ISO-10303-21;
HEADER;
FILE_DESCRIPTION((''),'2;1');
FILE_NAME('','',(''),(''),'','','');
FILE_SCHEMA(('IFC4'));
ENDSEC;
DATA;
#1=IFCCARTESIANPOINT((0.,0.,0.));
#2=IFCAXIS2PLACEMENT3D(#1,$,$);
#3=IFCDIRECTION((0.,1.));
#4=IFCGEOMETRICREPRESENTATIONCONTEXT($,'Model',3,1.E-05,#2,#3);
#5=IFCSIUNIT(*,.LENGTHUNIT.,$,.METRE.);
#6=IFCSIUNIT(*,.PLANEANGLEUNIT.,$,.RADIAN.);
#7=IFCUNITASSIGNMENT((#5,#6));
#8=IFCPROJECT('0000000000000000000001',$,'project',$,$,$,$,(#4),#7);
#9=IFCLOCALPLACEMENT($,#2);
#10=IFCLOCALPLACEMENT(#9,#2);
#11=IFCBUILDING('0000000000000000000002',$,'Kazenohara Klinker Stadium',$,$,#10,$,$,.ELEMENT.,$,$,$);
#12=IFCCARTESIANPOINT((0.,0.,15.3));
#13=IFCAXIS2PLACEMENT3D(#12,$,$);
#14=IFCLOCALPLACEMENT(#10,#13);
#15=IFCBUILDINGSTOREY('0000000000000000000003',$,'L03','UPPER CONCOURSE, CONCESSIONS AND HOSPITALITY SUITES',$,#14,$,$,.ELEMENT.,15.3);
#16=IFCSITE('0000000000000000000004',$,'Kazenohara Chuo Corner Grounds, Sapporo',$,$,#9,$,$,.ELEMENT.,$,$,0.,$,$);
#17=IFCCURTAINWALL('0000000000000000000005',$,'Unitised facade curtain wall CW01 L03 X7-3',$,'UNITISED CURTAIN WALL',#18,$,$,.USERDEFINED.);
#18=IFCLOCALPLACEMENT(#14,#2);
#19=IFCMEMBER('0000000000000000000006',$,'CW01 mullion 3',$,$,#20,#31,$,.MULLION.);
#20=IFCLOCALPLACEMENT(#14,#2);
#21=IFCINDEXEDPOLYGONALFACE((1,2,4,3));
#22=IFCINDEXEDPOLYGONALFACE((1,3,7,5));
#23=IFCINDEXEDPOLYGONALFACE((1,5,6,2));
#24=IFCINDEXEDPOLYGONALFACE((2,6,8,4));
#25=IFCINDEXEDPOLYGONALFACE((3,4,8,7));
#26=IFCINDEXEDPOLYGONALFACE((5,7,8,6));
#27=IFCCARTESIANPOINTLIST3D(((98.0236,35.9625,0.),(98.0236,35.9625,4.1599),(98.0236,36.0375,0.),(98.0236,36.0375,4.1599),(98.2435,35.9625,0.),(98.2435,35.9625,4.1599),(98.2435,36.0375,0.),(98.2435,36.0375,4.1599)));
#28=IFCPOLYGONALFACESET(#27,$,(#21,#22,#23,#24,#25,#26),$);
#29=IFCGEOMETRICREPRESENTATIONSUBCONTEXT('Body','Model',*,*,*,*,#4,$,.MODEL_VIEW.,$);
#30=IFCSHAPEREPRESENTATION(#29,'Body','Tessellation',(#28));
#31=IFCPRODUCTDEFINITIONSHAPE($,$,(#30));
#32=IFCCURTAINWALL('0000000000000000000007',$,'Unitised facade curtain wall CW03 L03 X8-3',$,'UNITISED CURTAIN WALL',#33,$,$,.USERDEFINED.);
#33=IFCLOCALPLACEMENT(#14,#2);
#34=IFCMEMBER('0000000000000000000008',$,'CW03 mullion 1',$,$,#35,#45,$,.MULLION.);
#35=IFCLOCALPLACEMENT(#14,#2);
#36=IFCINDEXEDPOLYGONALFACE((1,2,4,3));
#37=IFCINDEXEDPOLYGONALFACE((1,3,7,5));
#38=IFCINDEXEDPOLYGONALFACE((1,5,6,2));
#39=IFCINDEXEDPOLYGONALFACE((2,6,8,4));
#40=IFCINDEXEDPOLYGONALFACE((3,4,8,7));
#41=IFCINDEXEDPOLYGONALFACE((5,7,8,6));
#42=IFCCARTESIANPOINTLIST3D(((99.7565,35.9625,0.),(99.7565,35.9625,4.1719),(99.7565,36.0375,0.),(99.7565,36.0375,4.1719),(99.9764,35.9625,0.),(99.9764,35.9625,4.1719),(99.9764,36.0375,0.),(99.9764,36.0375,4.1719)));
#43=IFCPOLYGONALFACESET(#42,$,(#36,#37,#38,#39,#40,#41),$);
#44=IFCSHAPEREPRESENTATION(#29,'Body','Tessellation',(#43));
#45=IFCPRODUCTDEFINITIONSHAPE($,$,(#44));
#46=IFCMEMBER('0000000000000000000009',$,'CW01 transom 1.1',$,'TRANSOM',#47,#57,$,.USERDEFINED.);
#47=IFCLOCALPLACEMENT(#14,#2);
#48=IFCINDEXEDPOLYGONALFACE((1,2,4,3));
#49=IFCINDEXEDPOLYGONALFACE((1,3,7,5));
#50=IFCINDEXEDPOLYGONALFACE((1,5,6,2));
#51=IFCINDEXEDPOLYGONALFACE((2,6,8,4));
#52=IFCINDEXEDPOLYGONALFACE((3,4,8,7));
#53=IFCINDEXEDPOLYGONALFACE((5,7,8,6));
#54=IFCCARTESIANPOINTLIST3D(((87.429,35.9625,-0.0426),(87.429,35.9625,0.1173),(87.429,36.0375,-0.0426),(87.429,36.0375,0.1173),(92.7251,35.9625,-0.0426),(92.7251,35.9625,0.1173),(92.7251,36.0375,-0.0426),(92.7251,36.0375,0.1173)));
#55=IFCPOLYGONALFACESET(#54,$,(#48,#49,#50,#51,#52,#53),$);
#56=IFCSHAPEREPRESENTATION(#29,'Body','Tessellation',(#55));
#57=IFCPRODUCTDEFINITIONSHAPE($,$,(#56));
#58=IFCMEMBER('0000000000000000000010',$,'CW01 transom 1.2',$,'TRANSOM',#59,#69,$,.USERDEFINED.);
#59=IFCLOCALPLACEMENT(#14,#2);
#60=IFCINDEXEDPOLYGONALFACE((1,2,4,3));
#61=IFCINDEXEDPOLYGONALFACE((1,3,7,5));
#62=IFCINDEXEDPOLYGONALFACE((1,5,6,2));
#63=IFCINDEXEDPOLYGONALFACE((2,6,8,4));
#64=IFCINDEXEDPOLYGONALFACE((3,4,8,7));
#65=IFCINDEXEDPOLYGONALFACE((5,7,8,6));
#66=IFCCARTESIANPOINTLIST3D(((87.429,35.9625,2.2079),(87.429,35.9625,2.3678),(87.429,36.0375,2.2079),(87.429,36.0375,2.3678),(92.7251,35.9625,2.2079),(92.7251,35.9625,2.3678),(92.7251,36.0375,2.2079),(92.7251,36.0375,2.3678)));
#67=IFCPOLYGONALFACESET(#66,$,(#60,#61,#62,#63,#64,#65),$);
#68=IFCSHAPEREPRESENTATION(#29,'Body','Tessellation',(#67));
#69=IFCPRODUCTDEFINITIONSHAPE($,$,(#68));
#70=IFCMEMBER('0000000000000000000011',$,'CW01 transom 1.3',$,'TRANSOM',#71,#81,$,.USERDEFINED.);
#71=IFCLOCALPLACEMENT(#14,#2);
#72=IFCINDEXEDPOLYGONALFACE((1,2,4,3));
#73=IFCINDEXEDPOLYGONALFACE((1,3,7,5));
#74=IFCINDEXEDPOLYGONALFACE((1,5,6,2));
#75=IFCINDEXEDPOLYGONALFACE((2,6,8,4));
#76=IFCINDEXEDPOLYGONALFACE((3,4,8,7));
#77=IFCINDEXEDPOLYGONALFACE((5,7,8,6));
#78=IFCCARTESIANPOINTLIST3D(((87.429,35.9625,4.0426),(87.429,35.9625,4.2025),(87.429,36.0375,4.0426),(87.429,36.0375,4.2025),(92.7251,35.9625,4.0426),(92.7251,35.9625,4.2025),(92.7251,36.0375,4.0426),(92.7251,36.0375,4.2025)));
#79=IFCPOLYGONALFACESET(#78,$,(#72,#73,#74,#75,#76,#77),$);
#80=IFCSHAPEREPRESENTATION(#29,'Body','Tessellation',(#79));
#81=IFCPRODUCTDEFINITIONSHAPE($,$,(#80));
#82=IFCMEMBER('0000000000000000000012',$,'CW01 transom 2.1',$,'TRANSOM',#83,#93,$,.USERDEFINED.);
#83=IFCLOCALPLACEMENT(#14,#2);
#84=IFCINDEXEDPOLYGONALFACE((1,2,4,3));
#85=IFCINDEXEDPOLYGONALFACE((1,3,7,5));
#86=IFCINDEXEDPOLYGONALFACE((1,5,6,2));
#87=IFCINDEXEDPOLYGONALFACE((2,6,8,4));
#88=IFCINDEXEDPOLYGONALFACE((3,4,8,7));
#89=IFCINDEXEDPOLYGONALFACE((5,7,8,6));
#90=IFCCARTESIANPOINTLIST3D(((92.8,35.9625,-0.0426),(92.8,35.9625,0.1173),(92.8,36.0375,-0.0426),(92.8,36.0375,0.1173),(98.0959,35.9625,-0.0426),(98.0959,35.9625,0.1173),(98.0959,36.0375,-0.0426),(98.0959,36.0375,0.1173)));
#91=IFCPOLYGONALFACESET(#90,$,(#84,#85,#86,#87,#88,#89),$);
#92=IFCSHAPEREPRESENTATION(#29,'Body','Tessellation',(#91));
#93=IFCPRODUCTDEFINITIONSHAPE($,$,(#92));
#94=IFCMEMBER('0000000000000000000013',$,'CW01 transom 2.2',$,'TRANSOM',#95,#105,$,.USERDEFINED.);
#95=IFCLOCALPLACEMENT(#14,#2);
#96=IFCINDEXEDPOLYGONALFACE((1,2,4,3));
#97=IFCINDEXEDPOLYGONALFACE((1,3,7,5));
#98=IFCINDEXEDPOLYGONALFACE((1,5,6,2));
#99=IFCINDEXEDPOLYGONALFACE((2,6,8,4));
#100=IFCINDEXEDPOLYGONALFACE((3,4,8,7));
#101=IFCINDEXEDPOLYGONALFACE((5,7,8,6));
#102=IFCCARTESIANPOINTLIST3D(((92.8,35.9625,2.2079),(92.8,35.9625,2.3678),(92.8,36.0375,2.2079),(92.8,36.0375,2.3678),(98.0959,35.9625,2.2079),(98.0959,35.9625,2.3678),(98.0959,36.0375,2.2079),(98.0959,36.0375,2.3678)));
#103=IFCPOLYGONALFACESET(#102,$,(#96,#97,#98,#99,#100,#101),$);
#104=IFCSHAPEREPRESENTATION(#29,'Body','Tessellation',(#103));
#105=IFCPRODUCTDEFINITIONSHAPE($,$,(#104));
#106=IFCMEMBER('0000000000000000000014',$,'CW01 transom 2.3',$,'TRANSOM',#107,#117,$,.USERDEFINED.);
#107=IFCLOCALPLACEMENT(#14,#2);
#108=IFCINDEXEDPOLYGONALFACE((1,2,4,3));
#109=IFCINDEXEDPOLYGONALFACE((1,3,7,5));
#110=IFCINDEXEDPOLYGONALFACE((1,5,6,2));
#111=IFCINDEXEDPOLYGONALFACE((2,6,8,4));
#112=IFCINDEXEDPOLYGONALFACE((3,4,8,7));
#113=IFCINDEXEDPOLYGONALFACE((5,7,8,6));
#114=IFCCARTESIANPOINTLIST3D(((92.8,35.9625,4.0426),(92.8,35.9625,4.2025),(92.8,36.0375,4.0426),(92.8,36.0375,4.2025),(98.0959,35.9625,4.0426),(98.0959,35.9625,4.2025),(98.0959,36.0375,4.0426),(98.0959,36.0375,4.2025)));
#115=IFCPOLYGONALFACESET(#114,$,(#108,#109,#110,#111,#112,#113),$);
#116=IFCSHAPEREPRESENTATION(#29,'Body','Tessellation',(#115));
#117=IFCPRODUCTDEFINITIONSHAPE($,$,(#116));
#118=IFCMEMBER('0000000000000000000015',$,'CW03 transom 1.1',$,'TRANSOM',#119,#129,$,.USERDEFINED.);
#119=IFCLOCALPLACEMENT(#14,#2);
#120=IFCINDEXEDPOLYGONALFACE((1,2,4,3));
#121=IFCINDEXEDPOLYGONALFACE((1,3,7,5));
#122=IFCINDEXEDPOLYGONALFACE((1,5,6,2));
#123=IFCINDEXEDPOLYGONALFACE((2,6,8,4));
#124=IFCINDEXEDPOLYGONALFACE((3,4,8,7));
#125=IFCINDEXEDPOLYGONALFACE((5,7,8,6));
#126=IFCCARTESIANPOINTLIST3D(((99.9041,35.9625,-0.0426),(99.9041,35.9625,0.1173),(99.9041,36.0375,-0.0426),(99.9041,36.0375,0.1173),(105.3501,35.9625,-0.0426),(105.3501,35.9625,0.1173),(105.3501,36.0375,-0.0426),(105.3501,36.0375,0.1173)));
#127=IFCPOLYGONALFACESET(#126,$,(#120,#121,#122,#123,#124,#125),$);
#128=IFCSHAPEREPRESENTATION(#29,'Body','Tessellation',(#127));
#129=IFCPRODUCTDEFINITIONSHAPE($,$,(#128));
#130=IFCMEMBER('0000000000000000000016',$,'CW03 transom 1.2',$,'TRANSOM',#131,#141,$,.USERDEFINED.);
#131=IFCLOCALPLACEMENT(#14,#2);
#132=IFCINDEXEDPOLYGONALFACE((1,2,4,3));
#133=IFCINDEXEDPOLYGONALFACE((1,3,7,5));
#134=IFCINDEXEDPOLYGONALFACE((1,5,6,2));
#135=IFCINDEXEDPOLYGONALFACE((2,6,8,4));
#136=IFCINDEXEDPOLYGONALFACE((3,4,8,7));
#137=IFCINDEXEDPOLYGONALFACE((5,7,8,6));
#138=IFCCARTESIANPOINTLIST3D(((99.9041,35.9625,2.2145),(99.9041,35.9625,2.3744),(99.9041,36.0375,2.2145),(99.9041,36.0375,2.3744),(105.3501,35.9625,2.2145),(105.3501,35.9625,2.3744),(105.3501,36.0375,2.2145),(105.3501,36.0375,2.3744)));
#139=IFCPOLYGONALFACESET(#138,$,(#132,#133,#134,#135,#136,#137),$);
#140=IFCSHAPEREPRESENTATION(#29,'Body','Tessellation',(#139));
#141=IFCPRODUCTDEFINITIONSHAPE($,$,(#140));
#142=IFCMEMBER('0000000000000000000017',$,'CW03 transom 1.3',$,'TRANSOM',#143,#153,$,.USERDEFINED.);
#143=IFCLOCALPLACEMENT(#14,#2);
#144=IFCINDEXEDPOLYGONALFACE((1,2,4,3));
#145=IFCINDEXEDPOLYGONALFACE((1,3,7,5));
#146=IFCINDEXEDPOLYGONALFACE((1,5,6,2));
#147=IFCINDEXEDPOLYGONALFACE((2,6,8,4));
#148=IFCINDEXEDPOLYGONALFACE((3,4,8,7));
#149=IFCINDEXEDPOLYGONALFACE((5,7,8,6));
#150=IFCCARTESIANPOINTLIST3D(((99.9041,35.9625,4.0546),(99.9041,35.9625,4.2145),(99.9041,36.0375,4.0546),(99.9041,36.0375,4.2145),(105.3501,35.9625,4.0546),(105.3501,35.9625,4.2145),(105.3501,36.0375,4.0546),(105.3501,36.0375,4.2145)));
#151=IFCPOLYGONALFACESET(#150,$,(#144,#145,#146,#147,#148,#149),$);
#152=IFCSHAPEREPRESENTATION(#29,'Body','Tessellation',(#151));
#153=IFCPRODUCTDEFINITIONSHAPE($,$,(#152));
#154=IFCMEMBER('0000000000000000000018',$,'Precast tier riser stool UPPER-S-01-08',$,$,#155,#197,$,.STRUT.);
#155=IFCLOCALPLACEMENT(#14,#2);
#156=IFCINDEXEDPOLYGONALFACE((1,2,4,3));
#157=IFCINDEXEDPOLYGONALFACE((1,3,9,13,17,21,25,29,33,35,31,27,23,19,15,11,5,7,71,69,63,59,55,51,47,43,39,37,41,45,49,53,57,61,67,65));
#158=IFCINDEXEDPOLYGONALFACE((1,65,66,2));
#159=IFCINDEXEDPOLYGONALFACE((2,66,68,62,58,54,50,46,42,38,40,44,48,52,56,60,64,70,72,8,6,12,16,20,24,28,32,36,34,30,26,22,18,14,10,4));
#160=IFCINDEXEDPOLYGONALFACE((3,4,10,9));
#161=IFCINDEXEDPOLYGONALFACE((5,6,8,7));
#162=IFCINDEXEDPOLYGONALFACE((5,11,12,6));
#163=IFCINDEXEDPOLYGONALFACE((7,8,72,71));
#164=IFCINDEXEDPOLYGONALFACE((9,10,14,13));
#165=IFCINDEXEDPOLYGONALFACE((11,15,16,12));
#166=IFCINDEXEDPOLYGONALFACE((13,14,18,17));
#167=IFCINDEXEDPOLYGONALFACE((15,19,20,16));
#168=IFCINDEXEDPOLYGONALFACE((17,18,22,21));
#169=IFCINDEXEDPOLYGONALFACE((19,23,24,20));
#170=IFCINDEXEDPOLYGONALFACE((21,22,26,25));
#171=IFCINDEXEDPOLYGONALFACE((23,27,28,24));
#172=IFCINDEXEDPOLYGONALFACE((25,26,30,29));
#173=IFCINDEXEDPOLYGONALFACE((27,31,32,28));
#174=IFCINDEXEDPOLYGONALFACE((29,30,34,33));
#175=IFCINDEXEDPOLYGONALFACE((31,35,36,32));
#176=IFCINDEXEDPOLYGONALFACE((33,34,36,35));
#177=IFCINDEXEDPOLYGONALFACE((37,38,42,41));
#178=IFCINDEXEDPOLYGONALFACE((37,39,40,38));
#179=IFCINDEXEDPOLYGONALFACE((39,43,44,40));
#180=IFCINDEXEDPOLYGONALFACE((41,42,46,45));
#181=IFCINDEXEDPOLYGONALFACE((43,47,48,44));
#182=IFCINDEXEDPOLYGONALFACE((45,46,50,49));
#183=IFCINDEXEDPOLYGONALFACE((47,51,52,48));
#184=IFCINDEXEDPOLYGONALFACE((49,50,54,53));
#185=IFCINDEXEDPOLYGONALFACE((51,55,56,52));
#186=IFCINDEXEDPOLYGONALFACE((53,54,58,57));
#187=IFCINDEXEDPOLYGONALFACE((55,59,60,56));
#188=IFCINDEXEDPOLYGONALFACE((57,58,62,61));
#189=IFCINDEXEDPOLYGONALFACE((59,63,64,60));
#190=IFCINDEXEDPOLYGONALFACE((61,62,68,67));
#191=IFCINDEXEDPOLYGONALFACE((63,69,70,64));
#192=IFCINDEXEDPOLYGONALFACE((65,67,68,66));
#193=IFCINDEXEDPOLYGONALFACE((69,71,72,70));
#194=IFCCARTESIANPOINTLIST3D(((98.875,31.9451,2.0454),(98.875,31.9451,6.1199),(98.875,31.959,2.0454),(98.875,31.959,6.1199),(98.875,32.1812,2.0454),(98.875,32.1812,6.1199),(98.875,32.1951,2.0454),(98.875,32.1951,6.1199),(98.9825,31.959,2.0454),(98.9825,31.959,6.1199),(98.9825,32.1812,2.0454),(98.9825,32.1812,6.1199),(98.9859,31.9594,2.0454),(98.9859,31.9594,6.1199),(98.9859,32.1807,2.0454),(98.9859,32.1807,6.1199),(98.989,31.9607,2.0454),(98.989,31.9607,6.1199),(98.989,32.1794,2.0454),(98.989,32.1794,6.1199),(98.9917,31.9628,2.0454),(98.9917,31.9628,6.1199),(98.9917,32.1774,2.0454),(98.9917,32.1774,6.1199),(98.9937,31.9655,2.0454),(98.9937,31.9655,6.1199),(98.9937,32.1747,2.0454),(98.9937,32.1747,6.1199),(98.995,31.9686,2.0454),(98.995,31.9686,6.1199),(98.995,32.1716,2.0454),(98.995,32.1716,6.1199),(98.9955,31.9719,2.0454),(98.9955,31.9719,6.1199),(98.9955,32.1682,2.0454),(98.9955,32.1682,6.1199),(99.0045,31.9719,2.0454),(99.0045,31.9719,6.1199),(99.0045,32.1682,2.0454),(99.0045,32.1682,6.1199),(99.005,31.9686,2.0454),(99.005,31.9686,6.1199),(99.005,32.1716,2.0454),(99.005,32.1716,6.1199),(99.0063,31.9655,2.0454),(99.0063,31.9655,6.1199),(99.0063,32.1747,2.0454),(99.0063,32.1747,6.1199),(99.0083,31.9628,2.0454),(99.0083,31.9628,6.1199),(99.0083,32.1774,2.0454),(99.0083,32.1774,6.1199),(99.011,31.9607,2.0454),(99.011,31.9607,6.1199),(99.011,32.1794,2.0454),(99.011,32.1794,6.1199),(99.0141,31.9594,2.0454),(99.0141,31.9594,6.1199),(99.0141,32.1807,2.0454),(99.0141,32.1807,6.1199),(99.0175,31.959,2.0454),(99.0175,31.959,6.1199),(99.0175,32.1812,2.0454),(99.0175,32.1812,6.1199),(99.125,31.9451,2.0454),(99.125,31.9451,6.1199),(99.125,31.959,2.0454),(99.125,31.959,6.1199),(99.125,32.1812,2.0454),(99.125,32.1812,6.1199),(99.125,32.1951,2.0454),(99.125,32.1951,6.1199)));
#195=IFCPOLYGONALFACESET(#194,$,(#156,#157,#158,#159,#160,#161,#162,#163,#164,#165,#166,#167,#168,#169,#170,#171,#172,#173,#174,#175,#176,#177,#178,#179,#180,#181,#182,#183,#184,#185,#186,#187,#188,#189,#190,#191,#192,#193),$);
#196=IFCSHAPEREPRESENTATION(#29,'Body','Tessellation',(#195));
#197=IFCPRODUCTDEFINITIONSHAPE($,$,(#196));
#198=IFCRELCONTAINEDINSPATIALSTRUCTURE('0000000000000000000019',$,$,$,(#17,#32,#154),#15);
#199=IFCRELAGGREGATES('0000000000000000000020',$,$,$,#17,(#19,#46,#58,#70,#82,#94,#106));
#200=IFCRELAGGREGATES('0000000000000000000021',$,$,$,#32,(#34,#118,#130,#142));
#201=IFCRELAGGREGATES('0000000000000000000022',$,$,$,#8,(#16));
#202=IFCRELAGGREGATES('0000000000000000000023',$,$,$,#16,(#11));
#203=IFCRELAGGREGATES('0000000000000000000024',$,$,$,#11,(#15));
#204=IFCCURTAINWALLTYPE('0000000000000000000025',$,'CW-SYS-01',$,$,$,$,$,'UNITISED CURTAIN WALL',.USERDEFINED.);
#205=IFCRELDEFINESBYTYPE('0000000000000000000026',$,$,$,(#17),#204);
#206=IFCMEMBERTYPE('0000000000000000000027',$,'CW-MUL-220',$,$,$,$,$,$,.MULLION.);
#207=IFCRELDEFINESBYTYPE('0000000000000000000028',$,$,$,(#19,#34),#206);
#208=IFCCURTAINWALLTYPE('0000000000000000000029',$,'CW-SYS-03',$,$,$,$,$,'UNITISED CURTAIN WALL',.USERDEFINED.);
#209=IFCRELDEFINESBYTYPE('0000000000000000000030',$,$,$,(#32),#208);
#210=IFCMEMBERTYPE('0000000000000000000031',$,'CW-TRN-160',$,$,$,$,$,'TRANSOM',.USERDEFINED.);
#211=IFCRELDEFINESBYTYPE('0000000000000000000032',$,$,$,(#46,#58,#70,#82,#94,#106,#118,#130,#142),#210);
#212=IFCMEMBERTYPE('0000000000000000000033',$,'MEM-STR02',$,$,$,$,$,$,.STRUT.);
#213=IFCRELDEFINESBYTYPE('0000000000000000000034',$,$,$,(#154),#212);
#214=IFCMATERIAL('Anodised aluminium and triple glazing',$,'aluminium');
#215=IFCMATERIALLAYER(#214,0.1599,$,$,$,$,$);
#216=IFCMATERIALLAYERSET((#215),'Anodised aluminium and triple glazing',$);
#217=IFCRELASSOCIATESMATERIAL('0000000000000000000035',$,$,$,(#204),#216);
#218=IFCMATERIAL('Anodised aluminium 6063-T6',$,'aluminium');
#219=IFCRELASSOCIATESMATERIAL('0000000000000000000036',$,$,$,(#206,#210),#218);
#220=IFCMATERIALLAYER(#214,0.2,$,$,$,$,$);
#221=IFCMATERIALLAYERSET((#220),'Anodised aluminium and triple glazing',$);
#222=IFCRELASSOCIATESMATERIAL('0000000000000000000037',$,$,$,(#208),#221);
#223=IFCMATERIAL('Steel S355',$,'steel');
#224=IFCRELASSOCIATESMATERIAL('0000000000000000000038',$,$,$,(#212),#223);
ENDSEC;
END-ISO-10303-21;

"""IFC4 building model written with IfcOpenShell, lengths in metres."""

from ifc_helpers import new_model, si_unit, direction, frame, origin, origin_2d, place, context, subcontext, project, spatial, rectangle, i_section, extrude, material, layer, layer_set, material_profile, profile_set, type_object, element, aggregate, save


model = new_model("IFC4")

# Units and contexts
model_context = context("Model", 3, precision=1e-05, world=origin(), true_north=direction((0.0, 1.0)))
body_context = subcontext(model_context, "Body", "Model", "MODEL_VIEW")
ifc_project = project(units=[si_unit("LENGTHUNIT", "METRE"), si_unit("PLANEANGLEUNIT", "RADIAN")], contexts=[model_context])

# Site, building, storey
site_placement = place(None, origin())
site = spatial("IfcSite", under=ifc_project, at=site_placement, Name="Kazenohara Chuo Corner Grounds, Sapporo", CompositionType="ELEMENT", RefElevation=0.0)
building_placement = place(site_placement, origin())
building = spatial("IfcBuilding", under=site, at=building_placement, Name="Kazenohara Klinker Stadium", CompositionType="ELEMENT")
storey_placement = place(building_placement, frame((0.0, 0.0, 15.3)))
storey = spatial("IfcBuildingStorey", under=building, at=storey_placement, Name="L03", Description="UPPER CONCOURSE, CONCESSIONS AND HOSPITALITY SUITES", CompositionType="ELEMENT", Elevation=15.3)

# Shared definitions
ifc_material_1 = material(Name="Steel S355", Category="steel")

# Curtain wall, member
ifc_material_2 = material(Name="Anodised aluminium and triple glazing", Category="aluminium")
ifc_layer_1 = layer(ifc_material_2, 0.1599)
ifc_layer_set_1 = layer_set([ifc_layer_1], Name="Anodised aluminium and triple glazing")
curtain_wall_type_1 = type_object("IfcCurtainWallType", Name="CW-SYS-01", ElementType="UNITISED CURTAIN WALL", PredefinedType="USERDEFINED", material=ifc_layer_set_1)
curtain_wall_1_placement = place(storey_placement, origin())
curtain_wall_1 = element("IfcCurtainWall", 1, at=curtain_wall_1_placement, inside=storey, type_object=curtain_wall_type_1, Name="Unitised facade curtain wall CW01 L03 X7-3", ObjectType="UNITISED CURTAIN WALL", PredefinedType="USERDEFINED")
ifc_material_3 = material(Name="Anodised aluminium 6063-T6", Category="aluminium")
ifc_material_profile_1 = material_profile(ifc_material_3, rectangle(XDim=0.075, YDim=0.22, at=origin_2d()), Name="ALU-MUL-75x220")
ifc_profile_set_1 = profile_set([ifc_material_profile_1], Name="Anodised aluminium 6063-T6")
member_type_1 = type_object("IfcMemberType", Name="CW-MUL-220", PredefinedType="MULLION", material=ifc_profile_set_1)
member_1_placement = place(storey_placement, frame((98.1335, 36.0, 0.0), z_axis=(0.0, 0.0, 1.0), x_axis=(0.0, 1.0, 0.0)))
member_1 = element("IfcMember", 2, at=member_1_placement, type_object=member_type_1, Name="CW01 mullion 3", PredefinedType="MULLION", context=body_context, shape_type="SweptSolid", body=[
    extrude(rectangle(XDim=0.075, YDim=0.22, at=origin_2d()), origin(), (0.0, 0.0, 1.0), 4.1599),
])

# Curtain wall, member
ifc_layer_2 = layer(ifc_material_2, 0.2)
ifc_layer_set_2 = layer_set([ifc_layer_2], Name="Anodised aluminium and triple glazing")
curtain_wall_type_2 = type_object("IfcCurtainWallType", Name="CW-SYS-03", ElementType="UNITISED CURTAIN WALL", PredefinedType="USERDEFINED", material=ifc_layer_set_2)
curtain_wall_2_placement = place(storey_placement, origin())
curtain_wall_2 = element("IfcCurtainWall", 3, at=curtain_wall_2_placement, inside=storey, type_object=curtain_wall_type_2, Name="Unitised facade curtain wall CW03 L03 X8-3", ObjectType="UNITISED CURTAIN WALL", PredefinedType="USERDEFINED")
member_2_placement = place(storey_placement, frame((99.8665, 36.0, 0.0), z_axis=(0.0, 0.0, 1.0), x_axis=(0.0, 1.0, 0.0)))
member_2 = element("IfcMember", 4, at=member_2_placement, type_object=member_type_1, Name="CW03 mullion 1", PredefinedType="MULLION", context=body_context, shape_type="SweptSolid", body=[
    extrude(rectangle(XDim=0.075, YDim=0.22, at=origin_2d()), origin(), (0.0, 0.0, 1.0), 4.1719),
])

# Members
ifc_material_profile_2 = material_profile(ifc_material_3, rectangle(XDim=0.075, YDim=0.1599, at=origin_2d()), Name="ALU-TRN-75x160")
ifc_profile_set_2 = profile_set([ifc_material_profile_2], Name="Anodised aluminium 6063-T6")
member_type_2 = type_object("IfcMemberType", Name="CW-TRN-160", ElementType="TRANSOM", PredefinedType="USERDEFINED", material=ifc_profile_set_2)
member_3_placement = place(storey_placement, frame((87.429, 36.0, 0.0374), z_axis=(1.0, 0.0, 0.0), x_axis=(0.0, 1.0, 0.0)))
member_3 = element("IfcMember", 5, at=member_3_placement, type_object=member_type_2, Name="CW01 transom 1.1", ObjectType="TRANSOM", PredefinedType="USERDEFINED", context=body_context, shape_type="SweptSolid", body=[
    extrude(rectangle(XDim=0.075, YDim=0.1599, at=origin_2d()), origin(), (0.0, 0.0, 1.0), 5.2961),
])
member_4_placement = place(storey_placement, frame((87.429, 36.0, 2.2878), z_axis=(1.0, 0.0, 0.0), x_axis=(0.0, 1.0, 0.0)))
member_4 = element("IfcMember", 6, at=member_4_placement, type_object=member_type_2, Name="CW01 transom 1.2", ObjectType="TRANSOM", PredefinedType="USERDEFINED", context=body_context, shape_type="SweptSolid", body=[
    extrude(rectangle(XDim=0.075, YDim=0.1599, at=origin_2d()), origin(), (0.0, 0.0, 1.0), 5.2961),
])
member_5_placement = place(storey_placement, frame((87.429, 36.0, 4.1226), z_axis=(1.0, 0.0, 0.0), x_axis=(0.0, 1.0, 0.0)))
member_5 = element("IfcMember", 7, at=member_5_placement, type_object=member_type_2, Name="CW01 transom 1.3", ObjectType="TRANSOM", PredefinedType="USERDEFINED", context=body_context, shape_type="SweptSolid", body=[
    extrude(rectangle(XDim=0.075, YDim=0.1599, at=origin_2d()), origin(), (0.0, 0.0, 1.0), 5.2961),
])
member_6_placement = place(storey_placement, frame((92.8, 36.0, 0.0374), z_axis=(1.0, 0.0, 0.0), x_axis=(0.0, 1.0, 0.0)))
member_6 = element("IfcMember", 8, at=member_6_placement, type_object=member_type_2, Name="CW01 transom 2.1", ObjectType="TRANSOM", PredefinedType="USERDEFINED", context=body_context, shape_type="SweptSolid", body=[
    extrude(rectangle(XDim=0.075, YDim=0.1599, at=origin_2d()), origin(), (0.0, 0.0, 1.0), 5.2959),
])
member_7_placement = place(storey_placement, frame((92.8, 36.0, 2.2878), z_axis=(1.0, 0.0, 0.0), x_axis=(0.0, 1.0, 0.0)))
member_7 = element("IfcMember", 9, at=member_7_placement, type_object=member_type_2, Name="CW01 transom 2.2", ObjectType="TRANSOM", PredefinedType="USERDEFINED", context=body_context, shape_type="SweptSolid", body=[
    extrude(rectangle(XDim=0.075, YDim=0.1599, at=origin_2d()), origin(), (0.0, 0.0, 1.0), 5.2959),
])
member_8_placement = place(storey_placement, frame((92.8, 36.0, 4.1226), z_axis=(1.0, 0.0, 0.0), x_axis=(0.0, 1.0, 0.0)))
member_8 = element("IfcMember", 10, at=member_8_placement, type_object=member_type_2, Name="CW01 transom 2.3", ObjectType="TRANSOM", PredefinedType="USERDEFINED", context=body_context, shape_type="SweptSolid", body=[
    extrude(rectangle(XDim=0.075, YDim=0.1599, at=origin_2d()), origin(), (0.0, 0.0, 1.0), 5.2959),
])
member_9_placement = place(storey_placement, frame((99.9041, 36.0, 0.0374), z_axis=(1.0, 0.0, 0.0), x_axis=(0.0, 1.0, 0.0)))
member_9 = element("IfcMember", 11, at=member_9_placement, type_object=member_type_2, Name="CW03 transom 1.1", ObjectType="TRANSOM", PredefinedType="USERDEFINED", context=body_context, shape_type="SweptSolid", body=[
    extrude(rectangle(XDim=0.075, YDim=0.1599, at=origin_2d()), origin(), (0.0, 0.0, 1.0), 5.446),
])
member_10_placement = place(storey_placement, frame((99.9041, 36.0, 2.2944), z_axis=(1.0, 0.0, 0.0), x_axis=(0.0, 1.0, 0.0)))
member_10 = element("IfcMember", 12, at=member_10_placement, type_object=member_type_2, Name="CW03 transom 1.2", ObjectType="TRANSOM", PredefinedType="USERDEFINED", context=body_context, shape_type="SweptSolid", body=[
    extrude(rectangle(XDim=0.075, YDim=0.1599, at=origin_2d()), origin(), (0.0, 0.0, 1.0), 5.446),
])
member_11_placement = place(storey_placement, frame((99.9041, 36.0, 4.1345), z_axis=(1.0, 0.0, 0.0), x_axis=(0.0, 1.0, 0.0)))
member_11 = element("IfcMember", 13, at=member_11_placement, type_object=member_type_2, Name="CW03 transom 1.3", ObjectType="TRANSOM", PredefinedType="USERDEFINED", context=body_context, shape_type="SweptSolid", body=[
    extrude(rectangle(XDim=0.075, YDim=0.1599, at=origin_2d()), origin(), (0.0, 0.0, 1.0), 5.446),
])

# Member
ifc_material_profile_3 = material_profile(ifc_material_1, i_section(OverallWidth=0.25, OverallDepth=0.25, WebThickness=0.009, FlangeThickness=0.0139, FilletRadius=0.0129, at=origin_2d()), Name="H-250x250x9x14")
ifc_profile_set_3 = profile_set([ifc_material_profile_3], Name="Steel S355")
member_type_3 = type_object("IfcMemberType", Name="MEM-STR02", PredefinedType="STRUT", material=ifc_profile_set_3)
member_12_placement = place(storey_placement, frame((99.0, 32.0701, 2.0454), z_axis=(0.0, 0.0, 1.0), x_axis=(1.0, 0.0, 0.0)))
element("IfcMember", 14, at=member_12_placement, inside=storey, type_object=member_type_3, Name="Precast tier riser stool UPPER-S-01-08", PredefinedType="STRUT", context=body_context, shape_type="SweptSolid", body=[
    extrude(i_section(OverallWidth=0.25, OverallDepth=0.25, WebThickness=0.009, FlangeThickness=0.0139, FilletRadius=0.0129, at=origin_2d()), origin(), (0.0, 0.0, 1.0), 4.0745),
])

aggregate(curtain_wall_1, [member_1, member_3, member_4, member_5, member_6, member_7, member_8])
aggregate(curtain_wall_2, [member_2, member_9, member_10, member_11])

save(model, "model.ifc")
